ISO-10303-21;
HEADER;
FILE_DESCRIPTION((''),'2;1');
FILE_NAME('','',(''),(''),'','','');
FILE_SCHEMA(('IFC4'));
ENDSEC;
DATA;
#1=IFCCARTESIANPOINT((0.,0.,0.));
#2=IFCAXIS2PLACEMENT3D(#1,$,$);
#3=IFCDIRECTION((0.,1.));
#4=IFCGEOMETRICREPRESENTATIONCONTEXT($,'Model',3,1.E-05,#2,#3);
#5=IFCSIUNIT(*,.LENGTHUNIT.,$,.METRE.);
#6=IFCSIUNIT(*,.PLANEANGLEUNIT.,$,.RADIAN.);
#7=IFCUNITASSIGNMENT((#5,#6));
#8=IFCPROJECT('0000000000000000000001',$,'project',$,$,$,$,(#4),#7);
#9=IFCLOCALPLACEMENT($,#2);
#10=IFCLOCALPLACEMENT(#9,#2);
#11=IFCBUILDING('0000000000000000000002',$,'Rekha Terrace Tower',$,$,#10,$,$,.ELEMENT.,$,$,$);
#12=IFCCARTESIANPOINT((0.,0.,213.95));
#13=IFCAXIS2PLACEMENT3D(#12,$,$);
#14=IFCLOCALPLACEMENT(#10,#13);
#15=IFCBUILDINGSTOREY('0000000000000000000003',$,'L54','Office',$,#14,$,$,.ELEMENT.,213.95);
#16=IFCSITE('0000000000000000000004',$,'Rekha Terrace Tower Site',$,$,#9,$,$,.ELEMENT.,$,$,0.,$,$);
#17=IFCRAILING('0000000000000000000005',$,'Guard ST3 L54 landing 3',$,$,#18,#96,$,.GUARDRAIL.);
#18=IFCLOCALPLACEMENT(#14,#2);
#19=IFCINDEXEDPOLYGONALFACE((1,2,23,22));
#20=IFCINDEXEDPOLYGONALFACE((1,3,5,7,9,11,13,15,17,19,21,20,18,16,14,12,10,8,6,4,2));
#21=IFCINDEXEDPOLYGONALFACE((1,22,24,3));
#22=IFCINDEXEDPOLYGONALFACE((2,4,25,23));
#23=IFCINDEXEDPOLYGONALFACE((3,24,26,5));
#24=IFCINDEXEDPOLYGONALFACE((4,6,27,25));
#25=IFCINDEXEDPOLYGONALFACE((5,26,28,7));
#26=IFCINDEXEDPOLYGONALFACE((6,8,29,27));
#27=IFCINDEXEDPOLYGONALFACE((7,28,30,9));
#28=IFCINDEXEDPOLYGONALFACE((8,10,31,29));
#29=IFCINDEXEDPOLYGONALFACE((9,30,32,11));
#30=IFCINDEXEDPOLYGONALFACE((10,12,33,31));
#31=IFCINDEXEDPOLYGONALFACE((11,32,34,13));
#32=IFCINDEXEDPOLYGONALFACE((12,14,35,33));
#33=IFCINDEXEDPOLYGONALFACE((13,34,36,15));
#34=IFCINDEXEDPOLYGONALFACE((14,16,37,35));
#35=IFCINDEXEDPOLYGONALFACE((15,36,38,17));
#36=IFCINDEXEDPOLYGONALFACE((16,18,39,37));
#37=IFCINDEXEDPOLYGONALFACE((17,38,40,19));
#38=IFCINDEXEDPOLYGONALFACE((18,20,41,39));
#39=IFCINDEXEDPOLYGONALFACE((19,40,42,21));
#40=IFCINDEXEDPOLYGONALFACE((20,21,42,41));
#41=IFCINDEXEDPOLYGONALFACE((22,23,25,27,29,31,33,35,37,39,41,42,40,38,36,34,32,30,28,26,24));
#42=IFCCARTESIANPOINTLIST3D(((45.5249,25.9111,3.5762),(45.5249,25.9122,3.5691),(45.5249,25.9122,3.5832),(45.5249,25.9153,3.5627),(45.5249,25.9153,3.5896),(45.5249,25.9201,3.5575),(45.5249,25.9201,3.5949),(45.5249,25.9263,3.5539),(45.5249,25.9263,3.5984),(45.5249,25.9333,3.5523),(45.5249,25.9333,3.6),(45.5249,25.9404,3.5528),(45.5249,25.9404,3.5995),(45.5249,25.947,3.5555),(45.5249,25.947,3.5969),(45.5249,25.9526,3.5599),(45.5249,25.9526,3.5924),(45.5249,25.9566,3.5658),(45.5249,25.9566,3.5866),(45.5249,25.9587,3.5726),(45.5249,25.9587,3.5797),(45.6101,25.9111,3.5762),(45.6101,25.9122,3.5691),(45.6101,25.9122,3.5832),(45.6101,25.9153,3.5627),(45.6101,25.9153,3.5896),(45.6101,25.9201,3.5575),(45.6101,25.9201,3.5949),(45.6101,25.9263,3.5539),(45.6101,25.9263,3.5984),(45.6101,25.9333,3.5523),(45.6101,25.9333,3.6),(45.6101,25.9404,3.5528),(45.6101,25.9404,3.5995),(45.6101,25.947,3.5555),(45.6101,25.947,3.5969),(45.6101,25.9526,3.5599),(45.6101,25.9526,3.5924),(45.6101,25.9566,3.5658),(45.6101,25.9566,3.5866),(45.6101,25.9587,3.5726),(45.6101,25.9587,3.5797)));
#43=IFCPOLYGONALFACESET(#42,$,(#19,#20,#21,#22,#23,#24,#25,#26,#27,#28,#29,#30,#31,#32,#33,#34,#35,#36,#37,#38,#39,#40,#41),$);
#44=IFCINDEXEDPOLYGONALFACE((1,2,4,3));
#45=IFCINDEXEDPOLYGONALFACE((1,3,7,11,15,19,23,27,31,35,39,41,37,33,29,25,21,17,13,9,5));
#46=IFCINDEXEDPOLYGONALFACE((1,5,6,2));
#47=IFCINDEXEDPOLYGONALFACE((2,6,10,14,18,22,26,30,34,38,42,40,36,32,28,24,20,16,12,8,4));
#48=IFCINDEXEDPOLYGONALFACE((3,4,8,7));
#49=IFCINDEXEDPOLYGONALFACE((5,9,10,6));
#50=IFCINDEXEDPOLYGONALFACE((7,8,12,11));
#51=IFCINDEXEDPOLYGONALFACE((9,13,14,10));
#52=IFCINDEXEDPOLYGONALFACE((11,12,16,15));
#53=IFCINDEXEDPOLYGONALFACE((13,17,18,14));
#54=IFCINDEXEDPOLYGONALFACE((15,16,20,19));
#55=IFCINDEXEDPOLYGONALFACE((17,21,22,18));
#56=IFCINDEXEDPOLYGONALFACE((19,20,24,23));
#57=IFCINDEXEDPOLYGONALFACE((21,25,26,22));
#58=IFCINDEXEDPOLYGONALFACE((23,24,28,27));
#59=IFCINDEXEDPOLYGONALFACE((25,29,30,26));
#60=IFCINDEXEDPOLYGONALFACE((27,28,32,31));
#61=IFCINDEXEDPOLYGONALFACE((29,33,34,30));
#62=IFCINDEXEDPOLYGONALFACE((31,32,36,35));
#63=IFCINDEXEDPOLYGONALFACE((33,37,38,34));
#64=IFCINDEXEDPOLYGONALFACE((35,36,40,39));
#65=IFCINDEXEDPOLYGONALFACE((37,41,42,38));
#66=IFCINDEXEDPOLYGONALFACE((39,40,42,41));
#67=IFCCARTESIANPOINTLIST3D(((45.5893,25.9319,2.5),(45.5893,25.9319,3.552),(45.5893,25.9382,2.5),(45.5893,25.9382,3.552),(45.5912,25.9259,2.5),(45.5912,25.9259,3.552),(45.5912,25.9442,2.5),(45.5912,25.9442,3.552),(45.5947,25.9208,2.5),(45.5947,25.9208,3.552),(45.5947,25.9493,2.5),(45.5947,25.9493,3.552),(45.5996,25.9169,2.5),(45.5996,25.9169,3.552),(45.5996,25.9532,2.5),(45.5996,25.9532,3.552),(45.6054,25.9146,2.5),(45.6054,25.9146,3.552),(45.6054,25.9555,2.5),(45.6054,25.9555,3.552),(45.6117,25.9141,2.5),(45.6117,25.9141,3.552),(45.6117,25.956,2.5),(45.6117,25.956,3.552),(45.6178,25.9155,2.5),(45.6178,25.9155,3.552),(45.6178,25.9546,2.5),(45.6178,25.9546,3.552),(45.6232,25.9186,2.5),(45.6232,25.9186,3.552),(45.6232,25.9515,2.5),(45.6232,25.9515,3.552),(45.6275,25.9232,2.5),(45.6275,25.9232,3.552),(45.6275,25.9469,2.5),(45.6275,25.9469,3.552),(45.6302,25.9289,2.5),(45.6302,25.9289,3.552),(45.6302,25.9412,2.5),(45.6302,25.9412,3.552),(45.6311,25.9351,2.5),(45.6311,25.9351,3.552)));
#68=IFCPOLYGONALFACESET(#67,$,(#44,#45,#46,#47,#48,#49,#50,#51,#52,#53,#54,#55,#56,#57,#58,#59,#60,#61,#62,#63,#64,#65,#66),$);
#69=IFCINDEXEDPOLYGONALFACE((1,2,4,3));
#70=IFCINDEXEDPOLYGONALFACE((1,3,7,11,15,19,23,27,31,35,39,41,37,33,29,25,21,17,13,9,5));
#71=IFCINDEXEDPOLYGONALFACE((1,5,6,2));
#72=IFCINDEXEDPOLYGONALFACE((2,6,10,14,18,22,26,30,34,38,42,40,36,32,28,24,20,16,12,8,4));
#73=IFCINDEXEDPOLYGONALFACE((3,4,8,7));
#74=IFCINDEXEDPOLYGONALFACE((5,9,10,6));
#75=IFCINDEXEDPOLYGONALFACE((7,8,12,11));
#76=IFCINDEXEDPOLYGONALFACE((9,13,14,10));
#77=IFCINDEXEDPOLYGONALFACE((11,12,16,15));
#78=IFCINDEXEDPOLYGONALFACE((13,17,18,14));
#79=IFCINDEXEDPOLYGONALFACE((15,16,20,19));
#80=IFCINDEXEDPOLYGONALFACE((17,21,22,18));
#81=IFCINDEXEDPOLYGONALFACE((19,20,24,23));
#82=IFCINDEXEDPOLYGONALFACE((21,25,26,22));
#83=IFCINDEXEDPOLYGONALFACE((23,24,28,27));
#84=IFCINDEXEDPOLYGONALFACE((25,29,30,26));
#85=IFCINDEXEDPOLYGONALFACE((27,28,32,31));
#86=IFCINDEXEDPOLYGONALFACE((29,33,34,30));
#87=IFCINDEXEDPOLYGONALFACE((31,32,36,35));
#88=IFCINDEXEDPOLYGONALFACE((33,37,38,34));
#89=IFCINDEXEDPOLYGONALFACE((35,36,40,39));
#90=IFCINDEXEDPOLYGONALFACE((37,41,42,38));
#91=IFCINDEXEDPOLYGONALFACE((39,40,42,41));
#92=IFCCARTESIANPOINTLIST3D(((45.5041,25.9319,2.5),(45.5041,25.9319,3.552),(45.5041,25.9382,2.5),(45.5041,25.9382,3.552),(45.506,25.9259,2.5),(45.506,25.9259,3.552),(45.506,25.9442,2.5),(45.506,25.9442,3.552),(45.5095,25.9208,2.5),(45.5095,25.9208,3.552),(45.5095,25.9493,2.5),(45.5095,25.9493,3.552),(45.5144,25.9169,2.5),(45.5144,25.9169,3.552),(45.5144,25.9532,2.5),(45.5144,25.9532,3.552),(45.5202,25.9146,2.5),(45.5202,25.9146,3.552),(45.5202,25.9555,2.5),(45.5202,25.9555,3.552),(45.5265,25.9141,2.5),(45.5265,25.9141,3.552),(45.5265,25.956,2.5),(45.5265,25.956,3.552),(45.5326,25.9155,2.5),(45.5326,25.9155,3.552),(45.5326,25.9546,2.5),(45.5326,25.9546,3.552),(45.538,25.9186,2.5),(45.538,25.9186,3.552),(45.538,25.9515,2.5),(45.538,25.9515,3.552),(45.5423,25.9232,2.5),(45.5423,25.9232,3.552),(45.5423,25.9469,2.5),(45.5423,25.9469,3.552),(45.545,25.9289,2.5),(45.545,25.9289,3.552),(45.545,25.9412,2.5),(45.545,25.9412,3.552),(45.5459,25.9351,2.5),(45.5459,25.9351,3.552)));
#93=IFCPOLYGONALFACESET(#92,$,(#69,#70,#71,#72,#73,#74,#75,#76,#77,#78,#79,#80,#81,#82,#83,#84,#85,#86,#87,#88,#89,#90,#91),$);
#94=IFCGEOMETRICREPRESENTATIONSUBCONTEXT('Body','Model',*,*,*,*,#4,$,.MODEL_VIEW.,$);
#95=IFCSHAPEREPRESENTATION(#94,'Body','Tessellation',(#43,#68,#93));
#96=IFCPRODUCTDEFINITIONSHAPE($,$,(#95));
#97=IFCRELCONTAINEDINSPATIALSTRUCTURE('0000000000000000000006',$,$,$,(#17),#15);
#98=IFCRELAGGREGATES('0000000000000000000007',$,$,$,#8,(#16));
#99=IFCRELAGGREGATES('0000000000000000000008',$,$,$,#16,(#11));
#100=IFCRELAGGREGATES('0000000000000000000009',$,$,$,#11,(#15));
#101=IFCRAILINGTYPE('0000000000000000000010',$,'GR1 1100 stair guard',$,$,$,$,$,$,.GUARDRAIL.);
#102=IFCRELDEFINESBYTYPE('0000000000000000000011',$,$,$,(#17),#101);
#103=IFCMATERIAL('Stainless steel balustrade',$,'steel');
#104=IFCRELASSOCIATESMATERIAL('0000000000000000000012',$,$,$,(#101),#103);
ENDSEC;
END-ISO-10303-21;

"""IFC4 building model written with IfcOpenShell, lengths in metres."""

from ifc_helpers import new_model, si_unit, direction, frame, origin, origin_2d, place, context, subcontext, project, spatial, circle, extrude, material, type_object, element, save


model = new_model("IFC4")

# Units and contexts
model_context = context("Model", 3, precision=1e-05, world=origin(), true_north=direction((0.0, 1.0)))
body_context = subcontext(model_context, "Body", "Model", "MODEL_VIEW")
ifc_project = project(units=[si_unit("LENGTHUNIT", "METRE"), si_unit("PLANEANGLEUNIT", "RADIAN")], contexts=[model_context])

# Site, building, storey
site_placement = place(None, origin())
site = spatial("IfcSite", under=ifc_project, at=site_placement, Name="Rekha Terrace Tower Site", CompositionType="ELEMENT", RefElevation=0.0)
building_placement = place(site_placement, origin())
building = spatial("IfcBuilding", under=site, at=building_placement, Name="Rekha Terrace Tower", CompositionType="ELEMENT")
storey_placement = place(building_placement, frame((0.0, 0.0, 213.95)))
storey = spatial("IfcBuildingStorey", under=building, at=storey_placement, Name="L54", Description="Office", CompositionType="ELEMENT", Elevation=213.95)

# Railing
ifc_material_1 = material(Name="Stainless steel balustrade", Category="steel")
railing_type_1 = type_object("IfcRailingType", Name="GR1 1100 stair guard", PredefinedType="GUARDRAIL", material=ifc_material_1)
railing_1_placement = place(storey_placement, frame((45.6101, 25.9351, 2.5)))
element("IfcRailing", 1, at=railing_1_placement, inside=storey, type_object=railing_type_1, Name="Guard ST3 L54 landing 3", PredefinedType="GUARDRAIL", context=body_context, shape_type="SweptSolid", body=[
    extrude(circle(Radius=0.0239, at=origin_2d()), frame((0.0, 0.0, 1.0762), z_axis=(-1.0, 0.0, 0.0), x_axis=(0.0, -1.0, 0.0)), (0.0, 0.0, 1.0), 0.0852),
    extrude(circle(Radius=0.021, at=origin_2d()), origin(), (0.0, 0.0, 1.0), 1.052),
    extrude(circle(Radius=0.021, at=origin_2d()), frame((-0.0852, 0.0, 0.0)), (0.0, 0.0, 1.0), 1.052),
])

save(model, "model.ifc")
